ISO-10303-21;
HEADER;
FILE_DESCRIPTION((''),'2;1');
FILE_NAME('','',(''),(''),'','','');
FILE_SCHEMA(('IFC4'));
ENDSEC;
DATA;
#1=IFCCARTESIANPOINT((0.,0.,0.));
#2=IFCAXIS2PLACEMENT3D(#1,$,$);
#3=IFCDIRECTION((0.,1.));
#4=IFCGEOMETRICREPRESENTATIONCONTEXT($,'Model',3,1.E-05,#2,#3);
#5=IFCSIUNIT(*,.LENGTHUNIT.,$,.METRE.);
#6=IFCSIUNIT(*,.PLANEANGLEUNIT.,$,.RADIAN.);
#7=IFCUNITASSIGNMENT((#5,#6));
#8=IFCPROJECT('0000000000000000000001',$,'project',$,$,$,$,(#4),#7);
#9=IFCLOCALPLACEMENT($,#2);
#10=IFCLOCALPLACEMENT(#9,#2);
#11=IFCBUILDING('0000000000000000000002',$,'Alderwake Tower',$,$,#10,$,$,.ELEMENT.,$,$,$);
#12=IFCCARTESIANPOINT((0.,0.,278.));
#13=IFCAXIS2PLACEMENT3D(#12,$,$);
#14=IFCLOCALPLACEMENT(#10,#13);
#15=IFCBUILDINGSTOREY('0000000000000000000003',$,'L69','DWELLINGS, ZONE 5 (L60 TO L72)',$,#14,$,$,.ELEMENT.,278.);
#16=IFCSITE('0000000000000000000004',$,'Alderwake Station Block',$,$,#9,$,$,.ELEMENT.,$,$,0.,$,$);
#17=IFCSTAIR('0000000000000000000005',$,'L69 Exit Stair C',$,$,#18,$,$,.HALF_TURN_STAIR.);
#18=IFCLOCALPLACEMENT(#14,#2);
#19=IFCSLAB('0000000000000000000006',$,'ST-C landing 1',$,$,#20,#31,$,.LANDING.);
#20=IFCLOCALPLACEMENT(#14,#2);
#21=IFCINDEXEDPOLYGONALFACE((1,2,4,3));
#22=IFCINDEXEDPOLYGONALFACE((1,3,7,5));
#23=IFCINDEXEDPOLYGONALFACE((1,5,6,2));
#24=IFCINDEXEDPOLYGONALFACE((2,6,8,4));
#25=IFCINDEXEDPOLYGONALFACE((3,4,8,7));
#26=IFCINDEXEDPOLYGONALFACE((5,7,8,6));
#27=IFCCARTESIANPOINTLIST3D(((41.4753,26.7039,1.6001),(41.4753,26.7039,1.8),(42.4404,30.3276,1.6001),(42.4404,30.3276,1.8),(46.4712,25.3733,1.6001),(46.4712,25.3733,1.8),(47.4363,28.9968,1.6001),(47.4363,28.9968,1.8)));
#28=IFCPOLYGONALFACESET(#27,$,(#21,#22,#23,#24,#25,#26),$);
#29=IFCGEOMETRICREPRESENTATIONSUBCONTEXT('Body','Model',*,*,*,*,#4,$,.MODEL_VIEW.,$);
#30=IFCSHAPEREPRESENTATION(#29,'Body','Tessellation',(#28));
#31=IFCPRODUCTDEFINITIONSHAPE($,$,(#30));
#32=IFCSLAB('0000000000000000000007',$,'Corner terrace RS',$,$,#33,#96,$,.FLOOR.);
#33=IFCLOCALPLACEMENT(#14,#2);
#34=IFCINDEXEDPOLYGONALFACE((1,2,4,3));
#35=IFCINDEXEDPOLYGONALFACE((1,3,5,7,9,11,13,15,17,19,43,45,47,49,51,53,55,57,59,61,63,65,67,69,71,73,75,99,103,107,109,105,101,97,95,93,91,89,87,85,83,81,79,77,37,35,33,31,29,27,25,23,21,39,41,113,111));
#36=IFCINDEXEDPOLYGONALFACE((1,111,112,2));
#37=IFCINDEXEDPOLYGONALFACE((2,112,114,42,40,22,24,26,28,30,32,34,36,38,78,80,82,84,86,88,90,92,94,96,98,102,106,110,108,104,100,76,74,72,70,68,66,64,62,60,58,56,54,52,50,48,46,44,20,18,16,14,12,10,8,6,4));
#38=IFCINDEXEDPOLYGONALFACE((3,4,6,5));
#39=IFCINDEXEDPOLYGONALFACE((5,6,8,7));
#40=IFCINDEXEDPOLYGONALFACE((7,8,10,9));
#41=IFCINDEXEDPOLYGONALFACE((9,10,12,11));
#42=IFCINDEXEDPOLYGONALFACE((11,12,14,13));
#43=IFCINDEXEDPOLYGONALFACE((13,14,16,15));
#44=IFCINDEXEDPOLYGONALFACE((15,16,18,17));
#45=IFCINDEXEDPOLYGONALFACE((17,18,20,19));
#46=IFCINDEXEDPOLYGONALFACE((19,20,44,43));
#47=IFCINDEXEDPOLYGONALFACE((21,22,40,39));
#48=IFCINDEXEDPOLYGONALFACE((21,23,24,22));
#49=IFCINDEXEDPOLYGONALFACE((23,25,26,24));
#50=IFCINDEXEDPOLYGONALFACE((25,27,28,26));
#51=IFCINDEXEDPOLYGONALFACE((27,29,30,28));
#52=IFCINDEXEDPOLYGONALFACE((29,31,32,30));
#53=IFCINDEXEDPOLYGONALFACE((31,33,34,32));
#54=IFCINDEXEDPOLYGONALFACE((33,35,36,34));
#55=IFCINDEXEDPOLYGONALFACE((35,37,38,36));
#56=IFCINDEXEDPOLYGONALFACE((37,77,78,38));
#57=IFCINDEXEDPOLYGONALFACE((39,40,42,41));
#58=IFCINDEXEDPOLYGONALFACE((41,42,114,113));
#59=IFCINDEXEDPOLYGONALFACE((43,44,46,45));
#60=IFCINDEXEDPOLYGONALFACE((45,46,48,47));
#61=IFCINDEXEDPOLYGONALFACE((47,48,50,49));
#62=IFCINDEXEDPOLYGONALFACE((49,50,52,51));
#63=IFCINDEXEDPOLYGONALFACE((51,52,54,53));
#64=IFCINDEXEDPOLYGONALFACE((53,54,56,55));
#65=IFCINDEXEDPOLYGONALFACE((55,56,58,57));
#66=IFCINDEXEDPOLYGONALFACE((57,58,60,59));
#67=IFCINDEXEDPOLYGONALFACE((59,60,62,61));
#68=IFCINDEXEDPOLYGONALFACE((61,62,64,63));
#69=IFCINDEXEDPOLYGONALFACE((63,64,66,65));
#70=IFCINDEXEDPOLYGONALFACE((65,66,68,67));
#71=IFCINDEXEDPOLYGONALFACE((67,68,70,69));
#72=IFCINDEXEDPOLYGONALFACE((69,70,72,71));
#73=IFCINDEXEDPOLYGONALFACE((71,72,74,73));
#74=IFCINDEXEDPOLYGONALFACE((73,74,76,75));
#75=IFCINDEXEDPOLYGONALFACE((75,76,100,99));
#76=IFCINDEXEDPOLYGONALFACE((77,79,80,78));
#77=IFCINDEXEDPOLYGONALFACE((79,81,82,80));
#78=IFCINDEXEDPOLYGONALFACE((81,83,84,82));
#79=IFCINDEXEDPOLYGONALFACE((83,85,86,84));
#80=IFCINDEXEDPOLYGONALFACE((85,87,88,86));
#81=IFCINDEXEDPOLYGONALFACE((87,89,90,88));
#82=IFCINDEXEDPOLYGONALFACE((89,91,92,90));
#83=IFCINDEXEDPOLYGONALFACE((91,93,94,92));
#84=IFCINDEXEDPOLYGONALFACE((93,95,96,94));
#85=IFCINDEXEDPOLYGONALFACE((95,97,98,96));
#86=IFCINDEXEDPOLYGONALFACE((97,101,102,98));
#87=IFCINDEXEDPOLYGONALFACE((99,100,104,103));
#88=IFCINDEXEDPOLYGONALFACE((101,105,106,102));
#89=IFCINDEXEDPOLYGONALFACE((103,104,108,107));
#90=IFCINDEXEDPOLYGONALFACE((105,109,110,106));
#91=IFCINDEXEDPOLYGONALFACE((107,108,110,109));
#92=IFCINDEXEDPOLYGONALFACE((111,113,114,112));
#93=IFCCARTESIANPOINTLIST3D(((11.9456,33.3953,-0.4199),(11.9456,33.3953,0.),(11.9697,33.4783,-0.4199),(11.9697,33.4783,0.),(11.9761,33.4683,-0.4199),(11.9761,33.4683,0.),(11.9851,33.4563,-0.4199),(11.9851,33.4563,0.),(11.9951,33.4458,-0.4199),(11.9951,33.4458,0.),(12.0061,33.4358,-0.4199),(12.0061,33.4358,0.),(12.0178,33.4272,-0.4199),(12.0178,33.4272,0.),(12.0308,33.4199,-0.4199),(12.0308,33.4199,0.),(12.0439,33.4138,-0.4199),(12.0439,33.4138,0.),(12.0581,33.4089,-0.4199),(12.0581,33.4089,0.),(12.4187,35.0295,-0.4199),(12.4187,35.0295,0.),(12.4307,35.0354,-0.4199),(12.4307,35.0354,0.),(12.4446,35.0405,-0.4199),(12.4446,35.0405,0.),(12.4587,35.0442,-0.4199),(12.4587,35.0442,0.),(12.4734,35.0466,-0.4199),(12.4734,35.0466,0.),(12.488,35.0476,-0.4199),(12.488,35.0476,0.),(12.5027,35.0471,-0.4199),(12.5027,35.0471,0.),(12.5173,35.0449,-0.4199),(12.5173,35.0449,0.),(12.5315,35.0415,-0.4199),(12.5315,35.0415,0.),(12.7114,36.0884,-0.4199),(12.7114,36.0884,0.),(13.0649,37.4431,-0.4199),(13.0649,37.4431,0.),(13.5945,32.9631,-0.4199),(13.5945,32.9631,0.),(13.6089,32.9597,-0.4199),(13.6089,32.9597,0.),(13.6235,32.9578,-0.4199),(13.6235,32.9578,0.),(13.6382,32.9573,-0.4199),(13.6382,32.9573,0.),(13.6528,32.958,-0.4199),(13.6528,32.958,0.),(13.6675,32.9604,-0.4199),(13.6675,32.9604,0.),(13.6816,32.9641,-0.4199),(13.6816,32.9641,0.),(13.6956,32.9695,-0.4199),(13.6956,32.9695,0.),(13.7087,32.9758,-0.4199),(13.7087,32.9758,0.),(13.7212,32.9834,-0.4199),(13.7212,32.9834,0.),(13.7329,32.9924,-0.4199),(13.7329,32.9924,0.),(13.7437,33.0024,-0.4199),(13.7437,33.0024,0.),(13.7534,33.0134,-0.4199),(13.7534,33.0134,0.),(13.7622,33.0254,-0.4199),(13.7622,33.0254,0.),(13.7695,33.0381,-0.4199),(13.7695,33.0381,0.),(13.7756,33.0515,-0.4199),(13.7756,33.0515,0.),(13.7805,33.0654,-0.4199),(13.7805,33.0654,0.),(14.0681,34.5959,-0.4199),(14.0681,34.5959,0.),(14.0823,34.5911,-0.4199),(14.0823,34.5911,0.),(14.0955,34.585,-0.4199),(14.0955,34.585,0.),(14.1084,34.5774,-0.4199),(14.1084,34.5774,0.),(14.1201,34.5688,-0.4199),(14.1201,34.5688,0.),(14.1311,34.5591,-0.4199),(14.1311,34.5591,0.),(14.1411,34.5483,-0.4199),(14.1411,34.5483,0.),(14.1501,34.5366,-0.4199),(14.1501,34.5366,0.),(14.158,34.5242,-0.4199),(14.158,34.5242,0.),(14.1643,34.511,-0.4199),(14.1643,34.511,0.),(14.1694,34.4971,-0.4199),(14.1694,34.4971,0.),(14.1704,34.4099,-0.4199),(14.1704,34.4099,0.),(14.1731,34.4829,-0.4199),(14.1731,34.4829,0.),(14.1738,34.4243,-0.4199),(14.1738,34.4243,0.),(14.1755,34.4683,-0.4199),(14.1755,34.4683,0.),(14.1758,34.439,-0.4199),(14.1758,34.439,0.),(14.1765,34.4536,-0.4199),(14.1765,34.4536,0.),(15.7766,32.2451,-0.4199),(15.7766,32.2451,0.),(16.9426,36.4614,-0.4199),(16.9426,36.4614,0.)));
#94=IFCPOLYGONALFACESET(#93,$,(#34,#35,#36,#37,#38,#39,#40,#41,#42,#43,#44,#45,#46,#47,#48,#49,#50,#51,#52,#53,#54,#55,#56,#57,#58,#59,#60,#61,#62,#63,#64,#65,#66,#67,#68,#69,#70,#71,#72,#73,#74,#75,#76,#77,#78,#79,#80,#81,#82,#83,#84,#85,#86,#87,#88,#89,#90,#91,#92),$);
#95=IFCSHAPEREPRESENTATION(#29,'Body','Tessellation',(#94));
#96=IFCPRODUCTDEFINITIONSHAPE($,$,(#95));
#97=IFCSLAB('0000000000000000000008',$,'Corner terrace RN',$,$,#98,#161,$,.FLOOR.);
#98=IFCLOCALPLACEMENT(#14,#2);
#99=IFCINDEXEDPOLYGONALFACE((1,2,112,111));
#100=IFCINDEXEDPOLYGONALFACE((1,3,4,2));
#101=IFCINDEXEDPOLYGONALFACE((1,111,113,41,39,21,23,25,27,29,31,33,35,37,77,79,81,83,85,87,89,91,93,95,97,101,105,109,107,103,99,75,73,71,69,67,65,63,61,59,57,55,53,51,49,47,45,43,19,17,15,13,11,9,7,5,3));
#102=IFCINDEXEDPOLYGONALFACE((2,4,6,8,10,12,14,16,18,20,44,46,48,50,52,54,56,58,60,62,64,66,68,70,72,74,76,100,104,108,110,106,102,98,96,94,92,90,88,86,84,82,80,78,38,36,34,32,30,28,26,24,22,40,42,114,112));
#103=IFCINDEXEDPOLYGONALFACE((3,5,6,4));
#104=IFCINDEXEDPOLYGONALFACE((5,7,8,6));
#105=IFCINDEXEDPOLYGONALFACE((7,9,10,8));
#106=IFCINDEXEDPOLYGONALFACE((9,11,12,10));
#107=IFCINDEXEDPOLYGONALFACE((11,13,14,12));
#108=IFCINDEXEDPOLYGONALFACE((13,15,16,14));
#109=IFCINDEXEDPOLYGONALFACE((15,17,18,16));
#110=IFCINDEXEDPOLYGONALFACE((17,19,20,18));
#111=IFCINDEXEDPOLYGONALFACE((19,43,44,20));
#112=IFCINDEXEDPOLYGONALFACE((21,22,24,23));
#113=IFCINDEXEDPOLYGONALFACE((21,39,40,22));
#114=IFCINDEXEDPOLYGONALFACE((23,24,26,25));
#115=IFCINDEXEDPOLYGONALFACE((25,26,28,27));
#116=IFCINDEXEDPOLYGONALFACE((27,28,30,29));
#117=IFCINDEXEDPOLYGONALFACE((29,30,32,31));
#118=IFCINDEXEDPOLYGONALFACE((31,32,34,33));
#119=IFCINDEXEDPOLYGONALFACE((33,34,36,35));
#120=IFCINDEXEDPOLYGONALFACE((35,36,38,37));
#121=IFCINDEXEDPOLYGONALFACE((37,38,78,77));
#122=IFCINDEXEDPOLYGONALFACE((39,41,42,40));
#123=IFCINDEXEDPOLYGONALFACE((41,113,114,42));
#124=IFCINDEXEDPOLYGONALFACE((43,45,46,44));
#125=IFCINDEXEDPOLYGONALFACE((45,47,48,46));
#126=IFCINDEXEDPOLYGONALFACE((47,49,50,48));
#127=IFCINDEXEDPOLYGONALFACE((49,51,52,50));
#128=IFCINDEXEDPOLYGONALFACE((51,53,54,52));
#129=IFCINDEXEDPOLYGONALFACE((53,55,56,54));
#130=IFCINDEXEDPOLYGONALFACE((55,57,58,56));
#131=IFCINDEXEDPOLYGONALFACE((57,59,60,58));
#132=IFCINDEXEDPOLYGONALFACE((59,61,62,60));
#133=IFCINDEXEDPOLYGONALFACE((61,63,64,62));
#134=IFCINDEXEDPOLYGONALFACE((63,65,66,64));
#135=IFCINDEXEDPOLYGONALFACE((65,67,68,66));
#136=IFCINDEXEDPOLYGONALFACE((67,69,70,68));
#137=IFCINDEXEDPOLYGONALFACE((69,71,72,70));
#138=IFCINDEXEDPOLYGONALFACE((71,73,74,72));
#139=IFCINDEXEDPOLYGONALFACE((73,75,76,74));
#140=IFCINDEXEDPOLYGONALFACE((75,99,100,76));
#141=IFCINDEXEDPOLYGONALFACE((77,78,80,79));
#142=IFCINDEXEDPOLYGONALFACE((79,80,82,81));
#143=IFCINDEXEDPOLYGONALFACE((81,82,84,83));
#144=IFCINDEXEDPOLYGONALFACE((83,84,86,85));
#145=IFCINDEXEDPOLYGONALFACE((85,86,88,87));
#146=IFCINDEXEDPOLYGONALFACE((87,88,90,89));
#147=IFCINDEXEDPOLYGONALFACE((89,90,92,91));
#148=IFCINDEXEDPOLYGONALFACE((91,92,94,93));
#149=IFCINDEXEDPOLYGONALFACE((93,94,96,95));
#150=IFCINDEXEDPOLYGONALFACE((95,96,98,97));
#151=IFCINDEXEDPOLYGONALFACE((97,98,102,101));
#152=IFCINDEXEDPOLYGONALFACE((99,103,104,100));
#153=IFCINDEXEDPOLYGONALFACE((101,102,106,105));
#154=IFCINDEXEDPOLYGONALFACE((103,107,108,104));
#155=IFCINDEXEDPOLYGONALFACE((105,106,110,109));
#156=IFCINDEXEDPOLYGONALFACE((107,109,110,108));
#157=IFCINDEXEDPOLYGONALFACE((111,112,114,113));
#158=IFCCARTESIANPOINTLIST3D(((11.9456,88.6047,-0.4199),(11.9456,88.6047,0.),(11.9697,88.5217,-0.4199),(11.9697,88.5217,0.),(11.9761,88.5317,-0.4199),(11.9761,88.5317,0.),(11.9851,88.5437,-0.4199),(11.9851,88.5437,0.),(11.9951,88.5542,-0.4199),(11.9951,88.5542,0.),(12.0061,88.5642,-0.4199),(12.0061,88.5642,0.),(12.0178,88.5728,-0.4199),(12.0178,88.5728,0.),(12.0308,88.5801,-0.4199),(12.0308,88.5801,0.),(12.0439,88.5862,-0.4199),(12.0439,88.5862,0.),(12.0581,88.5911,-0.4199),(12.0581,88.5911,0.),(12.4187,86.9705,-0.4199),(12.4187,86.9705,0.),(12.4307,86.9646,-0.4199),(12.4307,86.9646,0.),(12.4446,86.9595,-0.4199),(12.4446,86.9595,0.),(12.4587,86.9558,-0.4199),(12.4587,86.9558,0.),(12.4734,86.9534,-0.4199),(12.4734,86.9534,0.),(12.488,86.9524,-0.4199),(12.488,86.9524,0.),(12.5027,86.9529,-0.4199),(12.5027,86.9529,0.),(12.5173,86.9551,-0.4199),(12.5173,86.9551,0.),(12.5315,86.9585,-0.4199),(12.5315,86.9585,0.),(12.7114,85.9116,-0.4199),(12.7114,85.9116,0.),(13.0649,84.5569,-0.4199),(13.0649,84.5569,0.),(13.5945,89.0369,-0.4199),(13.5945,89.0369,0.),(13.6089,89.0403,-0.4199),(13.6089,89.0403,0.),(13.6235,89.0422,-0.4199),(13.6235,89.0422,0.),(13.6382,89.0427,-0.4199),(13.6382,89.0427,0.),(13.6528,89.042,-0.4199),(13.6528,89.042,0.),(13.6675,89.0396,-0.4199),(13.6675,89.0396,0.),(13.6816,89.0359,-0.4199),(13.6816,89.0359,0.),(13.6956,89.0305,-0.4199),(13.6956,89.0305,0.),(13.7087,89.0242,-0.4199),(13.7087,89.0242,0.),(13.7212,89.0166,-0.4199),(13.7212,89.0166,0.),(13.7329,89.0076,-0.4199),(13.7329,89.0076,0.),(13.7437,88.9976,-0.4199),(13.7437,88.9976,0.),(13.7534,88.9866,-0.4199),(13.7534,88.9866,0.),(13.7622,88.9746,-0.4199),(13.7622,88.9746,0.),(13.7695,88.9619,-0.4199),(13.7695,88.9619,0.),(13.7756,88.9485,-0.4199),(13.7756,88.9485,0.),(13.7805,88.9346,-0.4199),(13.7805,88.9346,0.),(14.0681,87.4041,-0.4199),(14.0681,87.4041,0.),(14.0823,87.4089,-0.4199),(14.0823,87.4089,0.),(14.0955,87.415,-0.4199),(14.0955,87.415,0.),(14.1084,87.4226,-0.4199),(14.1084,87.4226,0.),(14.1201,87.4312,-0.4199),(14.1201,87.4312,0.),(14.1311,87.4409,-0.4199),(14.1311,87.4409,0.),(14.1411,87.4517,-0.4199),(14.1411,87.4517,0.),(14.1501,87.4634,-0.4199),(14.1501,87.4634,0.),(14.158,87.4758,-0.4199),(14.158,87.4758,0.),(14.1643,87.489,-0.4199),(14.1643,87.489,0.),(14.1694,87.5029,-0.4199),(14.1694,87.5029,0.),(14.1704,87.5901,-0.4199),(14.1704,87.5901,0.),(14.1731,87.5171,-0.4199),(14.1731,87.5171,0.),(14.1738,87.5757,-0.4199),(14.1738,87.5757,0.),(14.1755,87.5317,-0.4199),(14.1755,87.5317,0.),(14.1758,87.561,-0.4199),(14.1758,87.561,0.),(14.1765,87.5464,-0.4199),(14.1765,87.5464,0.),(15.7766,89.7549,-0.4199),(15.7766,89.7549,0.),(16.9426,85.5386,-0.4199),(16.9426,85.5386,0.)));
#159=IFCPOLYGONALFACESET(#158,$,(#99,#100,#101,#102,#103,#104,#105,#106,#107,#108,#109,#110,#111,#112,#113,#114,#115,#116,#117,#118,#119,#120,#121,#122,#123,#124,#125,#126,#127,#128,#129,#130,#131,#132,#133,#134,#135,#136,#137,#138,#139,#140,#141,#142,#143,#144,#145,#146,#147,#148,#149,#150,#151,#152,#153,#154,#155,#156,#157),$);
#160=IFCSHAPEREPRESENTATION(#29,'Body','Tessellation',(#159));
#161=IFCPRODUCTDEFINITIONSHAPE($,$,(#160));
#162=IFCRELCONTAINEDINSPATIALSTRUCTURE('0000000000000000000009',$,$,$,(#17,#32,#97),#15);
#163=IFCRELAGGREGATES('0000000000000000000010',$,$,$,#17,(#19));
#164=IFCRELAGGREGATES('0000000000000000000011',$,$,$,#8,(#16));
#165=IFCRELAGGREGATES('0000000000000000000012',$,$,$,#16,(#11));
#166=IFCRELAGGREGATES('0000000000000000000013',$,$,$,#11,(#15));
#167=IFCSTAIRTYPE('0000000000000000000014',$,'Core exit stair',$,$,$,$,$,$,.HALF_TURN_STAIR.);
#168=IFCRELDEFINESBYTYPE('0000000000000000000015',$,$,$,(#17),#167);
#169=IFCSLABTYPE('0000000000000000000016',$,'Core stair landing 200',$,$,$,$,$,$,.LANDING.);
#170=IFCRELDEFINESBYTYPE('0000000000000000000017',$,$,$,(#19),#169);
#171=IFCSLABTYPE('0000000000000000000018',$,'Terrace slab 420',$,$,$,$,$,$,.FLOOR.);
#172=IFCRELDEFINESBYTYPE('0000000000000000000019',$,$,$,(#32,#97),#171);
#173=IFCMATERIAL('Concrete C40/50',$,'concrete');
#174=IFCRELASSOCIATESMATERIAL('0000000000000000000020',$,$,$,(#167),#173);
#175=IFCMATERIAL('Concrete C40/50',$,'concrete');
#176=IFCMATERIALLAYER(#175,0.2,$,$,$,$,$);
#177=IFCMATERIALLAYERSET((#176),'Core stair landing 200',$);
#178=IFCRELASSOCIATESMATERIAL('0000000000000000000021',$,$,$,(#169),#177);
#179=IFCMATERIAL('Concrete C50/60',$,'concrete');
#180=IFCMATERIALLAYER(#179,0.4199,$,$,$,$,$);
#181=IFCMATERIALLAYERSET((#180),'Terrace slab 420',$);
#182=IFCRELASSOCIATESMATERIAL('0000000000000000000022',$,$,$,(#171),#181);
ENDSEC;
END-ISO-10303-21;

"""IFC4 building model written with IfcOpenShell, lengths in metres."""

from ifc_helpers import new_model, si_unit, direction, frame, origin, place, context, subcontext, project, spatial, polyline, outline, extrude, material, layer, layer_set, type_object, element, aggregate, save


model = new_model("IFC4")

# Units and contexts
model_context = context("Model", 3, precision=1e-05, world=origin(), true_north=direction((0.0, 1.0)))
body_context = subcontext(model_context, "Body", "Model", "MODEL_VIEW")
ifc_project = project(units=[si_unit("LENGTHUNIT", "METRE"), si_unit("PLANEANGLEUNIT", "RADIAN")], contexts=[model_context])

# Site, building, storey
site_placement = place(None, origin())
site = spatial("IfcSite", under=ifc_project, at=site_placement, Name="Alderwake Station Block", CompositionType="ELEMENT", RefElevation=0.0)
building_placement = place(site_placement, origin())
building = spatial("IfcBuilding", under=site, at=building_placement, Name="Alderwake Tower", CompositionType="ELEMENT")
storey_placement = place(building_placement, frame((0.0, 0.0, 278.0)))
storey = spatial("IfcBuildingStorey", under=building, at=storey_placement, Name="L69", Description="DWELLINGS, ZONE 5 (L60 TO L72)", CompositionType="ELEMENT", Elevation=278.0)

# Stair, slab
ifc_material_1 = material(Name="Concrete C40/50", Category="concrete")
stair_type = type_object("IfcStairType", Name="Core exit stair", PredefinedType="HALF_TURN_STAIR", material=ifc_material_1)
ifc_material_2 = material(Name="Concrete C40/50", Category="concrete")
ifc_layer_1 = layer(ifc_material_2, 0.2)
ifc_layer_set_1 = layer_set([ifc_layer_1], Name="Core stair landing 200")
slab_type_1 = type_object("IfcSlabType", Name="Core stair landing 200", PredefinedType="LANDING", material=ifc_layer_set_1)
stair_1_placement = place(storey_placement, origin())
stair_1 = element("IfcStair", 1, at=stair_1_placement, inside=storey, type_object=stair_type, Name="L69 Exit Stair C", PredefinedType="HALF_TURN_STAIR")
slab_1_placement = place(storey_placement, frame((0.0, 0.0, 1.6001)))
slab_1 = element("IfcSlab", 2, at=slab_1_placement, type_object=slab_type_1, Name="ST-C landing 1", PredefinedType="LANDING", context=body_context, shape_type="SweptSolid", body=[
    extrude(outline(polyline([(41.4753, 26.7039), (46.4712, 25.3733), (47.4363, 28.9968), (42.4404, 30.3276), (41.4753, 26.7039)])), origin(), (0.0, 0.0, 1.0), 0.2),
])
aggregate(stair_1, [slab_1])

# Slabs
ifc_material_3 = material(Name="Concrete C50/60", Category="concrete")
ifc_layer_2 = layer(ifc_material_3, 0.4199)
ifc_layer_set_2 = layer_set([ifc_layer_2], Name="Terrace slab 420")
slab_type_2 = type_object("IfcSlabType", Name="Terrace slab 420", PredefinedType="FLOOR", material=ifc_layer_set_2)
slab_2_placement = place(storey_placement, frame((0.0, 0.0, -0.4199)))
element("IfcSlab", 3, at=slab_2_placement, inside=storey, type_object=slab_type_2, Name="Corner terrace RS", PredefinedType="FLOOR", context=body_context, shape_type="SweptSolid", body=[
    extrude(outline(polyline([(15.7766, 32.2451), (11.9456, 33.3953), (11.9697, 33.4783), (11.9761, 33.4683), (11.9851, 33.4563), (11.9951, 33.4458), (12.0061, 33.4358), (12.0178, 33.4272), (12.0308, 33.4199), (12.0439, 33.4138), (12.0581, 33.4089), (13.5945, 32.9631), (13.6089, 32.9597), (13.6235, 32.9578), (13.6382, 32.9573), (13.6528, 32.958), (13.6675, 32.9604), (13.6816, 32.9641), (13.6956, 32.9695), (13.7087, 32.9758), (13.7212, 32.9834), (13.7329, 32.9924), (13.7437, 33.0024), (13.7534, 33.0134), (13.7622, 33.0254), (13.7695, 33.0381), (13.7756, 33.0515), (13.7805, 33.0654), (14.1704, 34.4099), (14.1738, 34.4243), (14.1758, 34.439), (14.1765, 34.4536), (14.1755, 34.4683), (14.1731, 34.4829), (14.1694, 34.4971), (14.1643, 34.511), (14.158, 34.5242), (14.1501, 34.5366), (14.1411, 34.5483), (14.1311, 34.5591), (14.1201, 34.5688), (14.1084, 34.5774), (14.0955, 34.585), (14.0823, 34.5911), (14.0681, 34.5959), (12.5315, 35.0415), (12.5173, 35.0449), (12.5027, 35.0471), (12.488, 35.0476), (12.4734, 35.0466), (12.4587, 35.0442), (12.4446, 35.0405), (12.4307, 35.0354), (12.4187, 35.0295), (12.7114, 36.0884), (13.0649, 37.4431), (16.9426, 36.4614), (15.7766, 32.2451)])), origin(), (0.0, 0.0, 1.0), 0.4199),
])
slab_3_placement = place(storey_placement, frame((0.0, 0.0, -0.4199)))
element("IfcSlab", 4, at=slab_3_placement, inside=storey, type_object=slab_type_2, Name="Corner terrace RN", PredefinedType="FLOOR", context=body_context, shape_type="SweptSolid", body=[
    extrude(outline(polyline([(12.4187, 86.9705), (12.4307, 86.9646), (12.4446, 86.9595), (12.4587, 86.9558), (12.4734, 86.9534), (12.488, 86.9524), (12.5027, 86.9529), (12.5173, 86.9551), (12.5315, 86.9585), (14.0681, 87.4041), (14.0823, 87.4089), (14.0955, 87.415), (14.1084, 87.4226), (14.1201, 87.4312), (14.1311, 87.4409), (14.1411, 87.4517), (14.1501, 87.4634), (14.158, 87.4758), (14.1643, 87.489), (14.1694, 87.5029), (14.1731, 87.5171), (14.1755, 87.5317), (14.1765, 87.5464), (14.1758, 87.561), (14.1738, 87.5757), (14.1704, 87.5901), (13.7805, 88.9346), (13.7756, 88.9485), (13.7695, 88.9619), (13.7622, 88.9746), (13.7534, 88.9866), (13.7437, 88.9976), (13.7329, 89.0076), (13.7212, 89.0166), (13.7087, 89.0242), (13.6956, 89.0305), (13.6816, 89.0359), (13.6675, 89.0396), (13.6528, 89.042), (13.6382, 89.0427), (13.6235, 89.0422), (13.6089, 89.0403), (13.5945, 89.0369), (12.0581, 88.5911), (12.0439, 88.5862), (12.0308, 88.5801), (12.0178, 88.5728), (12.0061, 88.5642), (11.9951, 88.5542), (11.9851, 88.5437), (11.9761, 88.5317), (11.9697, 88.5217), (11.9456, 88.6047), (15.7766, 89.7549), (16.9426, 85.5386), (13.0649, 84.5569), (12.7114, 85.9116), (12.4187, 86.9705)])), origin(), (0.0, 0.0, 1.0), 0.4199),
])

save(model, "model.ifc")
